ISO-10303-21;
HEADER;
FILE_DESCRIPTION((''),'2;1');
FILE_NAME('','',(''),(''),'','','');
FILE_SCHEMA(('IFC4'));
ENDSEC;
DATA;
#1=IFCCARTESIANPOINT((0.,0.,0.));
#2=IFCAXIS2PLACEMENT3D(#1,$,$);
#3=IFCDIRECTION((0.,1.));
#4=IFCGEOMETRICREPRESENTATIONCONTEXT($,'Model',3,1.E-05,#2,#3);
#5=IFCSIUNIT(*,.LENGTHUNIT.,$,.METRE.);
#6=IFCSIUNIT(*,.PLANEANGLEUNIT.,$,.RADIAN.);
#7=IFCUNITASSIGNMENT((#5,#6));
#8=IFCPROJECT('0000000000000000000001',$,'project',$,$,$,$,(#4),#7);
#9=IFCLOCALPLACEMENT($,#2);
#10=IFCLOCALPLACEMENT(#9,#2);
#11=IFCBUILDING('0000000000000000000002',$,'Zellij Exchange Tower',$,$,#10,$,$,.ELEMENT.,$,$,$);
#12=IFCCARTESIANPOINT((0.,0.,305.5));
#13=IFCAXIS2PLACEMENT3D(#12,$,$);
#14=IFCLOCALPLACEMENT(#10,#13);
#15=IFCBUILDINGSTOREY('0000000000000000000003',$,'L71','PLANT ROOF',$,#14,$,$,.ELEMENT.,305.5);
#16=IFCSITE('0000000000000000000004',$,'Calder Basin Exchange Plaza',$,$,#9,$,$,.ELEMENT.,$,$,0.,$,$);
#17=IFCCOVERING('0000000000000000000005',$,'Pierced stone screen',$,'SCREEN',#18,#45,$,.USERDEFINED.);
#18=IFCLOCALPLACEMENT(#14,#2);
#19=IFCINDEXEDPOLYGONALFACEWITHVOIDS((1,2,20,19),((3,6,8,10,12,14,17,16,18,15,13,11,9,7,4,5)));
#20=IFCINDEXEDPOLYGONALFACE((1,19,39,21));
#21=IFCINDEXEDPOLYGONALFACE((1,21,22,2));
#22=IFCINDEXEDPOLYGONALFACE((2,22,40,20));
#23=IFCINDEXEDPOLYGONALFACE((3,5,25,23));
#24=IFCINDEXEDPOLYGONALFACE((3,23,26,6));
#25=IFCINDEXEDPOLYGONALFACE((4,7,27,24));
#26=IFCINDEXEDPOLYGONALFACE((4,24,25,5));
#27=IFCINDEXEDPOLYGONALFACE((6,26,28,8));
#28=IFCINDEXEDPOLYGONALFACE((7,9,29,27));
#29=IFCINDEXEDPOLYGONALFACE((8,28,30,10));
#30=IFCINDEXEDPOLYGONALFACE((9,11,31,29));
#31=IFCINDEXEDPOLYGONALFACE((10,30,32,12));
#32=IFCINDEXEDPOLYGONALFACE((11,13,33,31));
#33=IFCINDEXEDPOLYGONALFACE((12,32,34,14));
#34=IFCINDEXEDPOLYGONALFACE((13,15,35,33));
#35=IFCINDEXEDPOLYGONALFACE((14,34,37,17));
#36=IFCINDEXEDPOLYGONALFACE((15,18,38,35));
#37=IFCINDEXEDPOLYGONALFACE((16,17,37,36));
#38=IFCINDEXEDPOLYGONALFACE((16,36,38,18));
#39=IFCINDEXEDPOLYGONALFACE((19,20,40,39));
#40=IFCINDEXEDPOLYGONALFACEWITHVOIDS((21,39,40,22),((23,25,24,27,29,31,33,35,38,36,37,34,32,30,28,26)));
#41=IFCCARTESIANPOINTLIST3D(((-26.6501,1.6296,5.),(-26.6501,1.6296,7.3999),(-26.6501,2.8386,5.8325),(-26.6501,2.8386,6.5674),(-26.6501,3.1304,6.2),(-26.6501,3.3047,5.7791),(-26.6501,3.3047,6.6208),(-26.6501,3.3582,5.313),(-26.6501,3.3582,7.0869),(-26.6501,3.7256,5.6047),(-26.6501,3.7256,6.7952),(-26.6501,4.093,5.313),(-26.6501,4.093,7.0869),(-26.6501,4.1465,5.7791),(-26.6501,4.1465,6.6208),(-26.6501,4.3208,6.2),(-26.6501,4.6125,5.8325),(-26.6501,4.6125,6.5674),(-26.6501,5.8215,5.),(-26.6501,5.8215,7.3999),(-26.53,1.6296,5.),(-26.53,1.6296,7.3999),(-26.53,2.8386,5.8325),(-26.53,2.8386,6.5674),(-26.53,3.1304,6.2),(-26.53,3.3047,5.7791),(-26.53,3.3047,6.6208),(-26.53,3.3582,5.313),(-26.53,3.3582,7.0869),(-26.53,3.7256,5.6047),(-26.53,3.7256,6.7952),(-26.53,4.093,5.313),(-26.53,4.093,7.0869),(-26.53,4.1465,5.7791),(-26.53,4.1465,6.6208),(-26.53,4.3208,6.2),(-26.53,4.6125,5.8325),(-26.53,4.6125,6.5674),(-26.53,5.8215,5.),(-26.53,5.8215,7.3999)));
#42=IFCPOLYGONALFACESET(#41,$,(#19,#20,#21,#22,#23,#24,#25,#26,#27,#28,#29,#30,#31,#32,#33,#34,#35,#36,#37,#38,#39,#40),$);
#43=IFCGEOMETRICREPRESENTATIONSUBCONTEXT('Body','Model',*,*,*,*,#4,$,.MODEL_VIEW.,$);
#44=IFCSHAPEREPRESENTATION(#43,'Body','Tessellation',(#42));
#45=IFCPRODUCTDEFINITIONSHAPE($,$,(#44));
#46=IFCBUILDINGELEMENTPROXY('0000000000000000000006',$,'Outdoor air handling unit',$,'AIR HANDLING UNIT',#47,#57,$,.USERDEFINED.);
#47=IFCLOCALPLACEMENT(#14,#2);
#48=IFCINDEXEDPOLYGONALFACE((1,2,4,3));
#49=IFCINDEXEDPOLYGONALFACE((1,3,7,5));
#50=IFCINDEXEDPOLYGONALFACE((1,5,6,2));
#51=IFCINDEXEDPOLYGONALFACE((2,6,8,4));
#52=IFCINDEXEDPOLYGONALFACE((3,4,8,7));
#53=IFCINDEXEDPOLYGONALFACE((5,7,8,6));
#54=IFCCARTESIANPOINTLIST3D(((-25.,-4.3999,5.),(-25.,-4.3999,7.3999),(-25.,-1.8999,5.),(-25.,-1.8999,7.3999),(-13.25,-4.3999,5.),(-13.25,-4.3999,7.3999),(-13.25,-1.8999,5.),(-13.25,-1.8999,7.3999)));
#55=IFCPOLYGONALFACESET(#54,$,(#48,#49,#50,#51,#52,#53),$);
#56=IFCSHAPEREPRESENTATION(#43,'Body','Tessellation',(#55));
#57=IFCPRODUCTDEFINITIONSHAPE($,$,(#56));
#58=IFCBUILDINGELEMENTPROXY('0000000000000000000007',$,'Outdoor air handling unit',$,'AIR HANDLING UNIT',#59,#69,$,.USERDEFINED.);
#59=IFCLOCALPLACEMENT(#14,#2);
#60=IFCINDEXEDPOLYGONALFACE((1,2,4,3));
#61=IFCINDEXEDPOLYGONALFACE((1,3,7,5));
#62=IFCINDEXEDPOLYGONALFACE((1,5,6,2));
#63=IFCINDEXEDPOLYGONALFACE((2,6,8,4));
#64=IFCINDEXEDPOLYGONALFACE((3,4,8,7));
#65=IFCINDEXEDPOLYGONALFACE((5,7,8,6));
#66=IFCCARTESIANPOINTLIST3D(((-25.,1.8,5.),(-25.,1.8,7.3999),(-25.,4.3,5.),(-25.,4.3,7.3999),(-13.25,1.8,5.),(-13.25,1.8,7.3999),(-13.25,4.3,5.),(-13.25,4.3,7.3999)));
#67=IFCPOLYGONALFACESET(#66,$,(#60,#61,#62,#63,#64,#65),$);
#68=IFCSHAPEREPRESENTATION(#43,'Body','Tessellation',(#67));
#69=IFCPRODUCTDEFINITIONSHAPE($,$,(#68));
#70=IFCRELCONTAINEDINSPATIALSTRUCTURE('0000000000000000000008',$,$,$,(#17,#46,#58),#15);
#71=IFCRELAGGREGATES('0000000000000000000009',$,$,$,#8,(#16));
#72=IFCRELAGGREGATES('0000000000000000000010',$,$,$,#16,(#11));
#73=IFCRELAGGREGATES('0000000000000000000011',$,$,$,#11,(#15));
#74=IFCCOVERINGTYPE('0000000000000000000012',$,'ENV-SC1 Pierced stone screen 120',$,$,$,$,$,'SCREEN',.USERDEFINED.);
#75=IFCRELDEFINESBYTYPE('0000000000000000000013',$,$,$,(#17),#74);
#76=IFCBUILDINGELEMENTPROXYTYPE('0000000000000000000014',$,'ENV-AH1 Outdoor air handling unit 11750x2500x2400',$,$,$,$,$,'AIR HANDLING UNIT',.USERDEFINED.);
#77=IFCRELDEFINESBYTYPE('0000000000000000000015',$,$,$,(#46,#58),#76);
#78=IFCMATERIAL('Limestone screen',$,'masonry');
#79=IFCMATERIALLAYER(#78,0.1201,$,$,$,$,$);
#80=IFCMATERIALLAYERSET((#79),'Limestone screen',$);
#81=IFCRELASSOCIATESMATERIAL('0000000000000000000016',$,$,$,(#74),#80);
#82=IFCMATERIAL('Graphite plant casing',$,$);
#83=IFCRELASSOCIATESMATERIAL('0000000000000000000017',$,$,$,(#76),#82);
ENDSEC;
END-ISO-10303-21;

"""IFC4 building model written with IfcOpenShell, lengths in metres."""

from ifc_helpers import new_model, si_unit, direction, frame, origin, origin_2d, place, context, subcontext, project, spatial, polyline, rectangle, outline, extrude, material, layer, layer_set, type_object, element, save


model = new_model("IFC4")

# Units and contexts
model_context = context("Model", 3, precision=1e-05, world=origin(), true_north=direction((0.0, 1.0)))
body_context = subcontext(model_context, "Body", "Model", "MODEL_VIEW")
ifc_project = project(units=[si_unit("LENGTHUNIT", "METRE"), si_unit("PLANEANGLEUNIT", "RADIAN")], contexts=[model_context])

# Site, building, storey
site_placement = place(None, origin())
site = spatial("IfcSite", under=ifc_project, at=site_placement, Name="Calder Basin Exchange Plaza", CompositionType="ELEMENT", RefElevation=0.0)
building_placement = place(site_placement, origin())
building = spatial("IfcBuilding", under=site, at=building_placement, Name="Zellij Exchange Tower", CompositionType="ELEMENT")
storey_placement = place(building_placement, frame((0.0, 0.0, 305.5)))
storey = spatial("IfcBuildingStorey", under=building, at=storey_placement, Name="L71", Description="PLANT ROOF", CompositionType="ELEMENT", Elevation=305.5)

# Covering
ifc_material_1 = material(Name="Limestone screen", Category="masonry")
ifc_layer_1 = layer(ifc_material_1, 0.1201)
ifc_layer_set_1 = layer_set([ifc_layer_1], Name="Limestone screen")
covering_type_1 = type_object("IfcCoveringType", Name="ENV-SC1 Pierced stone screen 120", ElementType="SCREEN", PredefinedType="USERDEFINED", material=ifc_layer_set_1)
for number, where, z_axis, x_axis, name in (
    (1, (-26.5901, 1.6296, 5.0), (0.0, 0.0, 1.0), (0.0, 1.0, 0.0), "Pierced stone screen"),
):
    element("IfcCovering", number, at=place(storey_placement, frame(where, z_axis=z_axis, x_axis=x_axis)), inside=storey, type_object=covering_type_1, Name=name, ObjectType="SCREEN", PredefinedType="USERDEFINED", context=body_context, shape_type="SweptSolid", body=[
        extrude(outline(polyline([(0.0, 0.0), (4.1919, 0.0), (4.1919, 2.3999), (0.0, 2.3999), (0.0, 0.0)]), holes=[polyline([(2.9829, 1.5674), (2.5168, 1.6208), (2.4634, 2.0869), (2.0959, 1.7952), (1.7285, 2.0869), (1.675, 1.6208), (1.209, 1.5674), (1.5007, 1.2), (1.209, 0.8325), (1.675, 0.7791), (1.7285, 0.313), (2.0959, 0.6047), (2.4634, 0.313), (2.5168, 0.7791), (2.9829, 0.8325), (2.6912, 1.2), (2.9829, 1.5674)])]), frame((0.0, 0.0601, 0.0), z_axis=(0.0, -1.0, 0.0), x_axis=(1.0, 0.0, 0.0)), (0.0, 0.0, 1.0), 0.1201),
    ])

# Building element proxies
ifc_material_2 = material(Name="Graphite plant casing")
building_element_proxy_type = type_object("IfcBuildingElementProxyType", Name="ENV-AH1 Outdoor air handling unit 11750x2500x2400", ElementType="AIR HANDLING UNIT", PredefinedType="USERDEFINED", material=ifc_material_2)
for number, where, z_axis, x_axis, name in (
    (2, (-19.125, -3.1499, 5.0), (0.0, 0.0, 1.0), (1.0, 0.0, 0.0), "Outdoor air handling unit"),
    (3, (-19.125, 3.05, 5.0), (0.0, 0.0, 1.0), (1.0, 0.0, 0.0), "Outdoor air handling unit"),
):
    element("IfcBuildingElementProxy", number, at=place(storey_placement, frame(where, z_axis=z_axis, x_axis=x_axis)), inside=storey, type_object=building_element_proxy_type, Name=name, ObjectType="AIR HANDLING UNIT", PredefinedType="USERDEFINED", context=body_context, shape_type="SweptSolid", body=[
        extrude(rectangle(XDim=11.75, YDim=2.5, at=origin_2d()), origin(), (0.0, 0.0, 1.0), 2.3999),
    ])

save(model, "model.ifc")
